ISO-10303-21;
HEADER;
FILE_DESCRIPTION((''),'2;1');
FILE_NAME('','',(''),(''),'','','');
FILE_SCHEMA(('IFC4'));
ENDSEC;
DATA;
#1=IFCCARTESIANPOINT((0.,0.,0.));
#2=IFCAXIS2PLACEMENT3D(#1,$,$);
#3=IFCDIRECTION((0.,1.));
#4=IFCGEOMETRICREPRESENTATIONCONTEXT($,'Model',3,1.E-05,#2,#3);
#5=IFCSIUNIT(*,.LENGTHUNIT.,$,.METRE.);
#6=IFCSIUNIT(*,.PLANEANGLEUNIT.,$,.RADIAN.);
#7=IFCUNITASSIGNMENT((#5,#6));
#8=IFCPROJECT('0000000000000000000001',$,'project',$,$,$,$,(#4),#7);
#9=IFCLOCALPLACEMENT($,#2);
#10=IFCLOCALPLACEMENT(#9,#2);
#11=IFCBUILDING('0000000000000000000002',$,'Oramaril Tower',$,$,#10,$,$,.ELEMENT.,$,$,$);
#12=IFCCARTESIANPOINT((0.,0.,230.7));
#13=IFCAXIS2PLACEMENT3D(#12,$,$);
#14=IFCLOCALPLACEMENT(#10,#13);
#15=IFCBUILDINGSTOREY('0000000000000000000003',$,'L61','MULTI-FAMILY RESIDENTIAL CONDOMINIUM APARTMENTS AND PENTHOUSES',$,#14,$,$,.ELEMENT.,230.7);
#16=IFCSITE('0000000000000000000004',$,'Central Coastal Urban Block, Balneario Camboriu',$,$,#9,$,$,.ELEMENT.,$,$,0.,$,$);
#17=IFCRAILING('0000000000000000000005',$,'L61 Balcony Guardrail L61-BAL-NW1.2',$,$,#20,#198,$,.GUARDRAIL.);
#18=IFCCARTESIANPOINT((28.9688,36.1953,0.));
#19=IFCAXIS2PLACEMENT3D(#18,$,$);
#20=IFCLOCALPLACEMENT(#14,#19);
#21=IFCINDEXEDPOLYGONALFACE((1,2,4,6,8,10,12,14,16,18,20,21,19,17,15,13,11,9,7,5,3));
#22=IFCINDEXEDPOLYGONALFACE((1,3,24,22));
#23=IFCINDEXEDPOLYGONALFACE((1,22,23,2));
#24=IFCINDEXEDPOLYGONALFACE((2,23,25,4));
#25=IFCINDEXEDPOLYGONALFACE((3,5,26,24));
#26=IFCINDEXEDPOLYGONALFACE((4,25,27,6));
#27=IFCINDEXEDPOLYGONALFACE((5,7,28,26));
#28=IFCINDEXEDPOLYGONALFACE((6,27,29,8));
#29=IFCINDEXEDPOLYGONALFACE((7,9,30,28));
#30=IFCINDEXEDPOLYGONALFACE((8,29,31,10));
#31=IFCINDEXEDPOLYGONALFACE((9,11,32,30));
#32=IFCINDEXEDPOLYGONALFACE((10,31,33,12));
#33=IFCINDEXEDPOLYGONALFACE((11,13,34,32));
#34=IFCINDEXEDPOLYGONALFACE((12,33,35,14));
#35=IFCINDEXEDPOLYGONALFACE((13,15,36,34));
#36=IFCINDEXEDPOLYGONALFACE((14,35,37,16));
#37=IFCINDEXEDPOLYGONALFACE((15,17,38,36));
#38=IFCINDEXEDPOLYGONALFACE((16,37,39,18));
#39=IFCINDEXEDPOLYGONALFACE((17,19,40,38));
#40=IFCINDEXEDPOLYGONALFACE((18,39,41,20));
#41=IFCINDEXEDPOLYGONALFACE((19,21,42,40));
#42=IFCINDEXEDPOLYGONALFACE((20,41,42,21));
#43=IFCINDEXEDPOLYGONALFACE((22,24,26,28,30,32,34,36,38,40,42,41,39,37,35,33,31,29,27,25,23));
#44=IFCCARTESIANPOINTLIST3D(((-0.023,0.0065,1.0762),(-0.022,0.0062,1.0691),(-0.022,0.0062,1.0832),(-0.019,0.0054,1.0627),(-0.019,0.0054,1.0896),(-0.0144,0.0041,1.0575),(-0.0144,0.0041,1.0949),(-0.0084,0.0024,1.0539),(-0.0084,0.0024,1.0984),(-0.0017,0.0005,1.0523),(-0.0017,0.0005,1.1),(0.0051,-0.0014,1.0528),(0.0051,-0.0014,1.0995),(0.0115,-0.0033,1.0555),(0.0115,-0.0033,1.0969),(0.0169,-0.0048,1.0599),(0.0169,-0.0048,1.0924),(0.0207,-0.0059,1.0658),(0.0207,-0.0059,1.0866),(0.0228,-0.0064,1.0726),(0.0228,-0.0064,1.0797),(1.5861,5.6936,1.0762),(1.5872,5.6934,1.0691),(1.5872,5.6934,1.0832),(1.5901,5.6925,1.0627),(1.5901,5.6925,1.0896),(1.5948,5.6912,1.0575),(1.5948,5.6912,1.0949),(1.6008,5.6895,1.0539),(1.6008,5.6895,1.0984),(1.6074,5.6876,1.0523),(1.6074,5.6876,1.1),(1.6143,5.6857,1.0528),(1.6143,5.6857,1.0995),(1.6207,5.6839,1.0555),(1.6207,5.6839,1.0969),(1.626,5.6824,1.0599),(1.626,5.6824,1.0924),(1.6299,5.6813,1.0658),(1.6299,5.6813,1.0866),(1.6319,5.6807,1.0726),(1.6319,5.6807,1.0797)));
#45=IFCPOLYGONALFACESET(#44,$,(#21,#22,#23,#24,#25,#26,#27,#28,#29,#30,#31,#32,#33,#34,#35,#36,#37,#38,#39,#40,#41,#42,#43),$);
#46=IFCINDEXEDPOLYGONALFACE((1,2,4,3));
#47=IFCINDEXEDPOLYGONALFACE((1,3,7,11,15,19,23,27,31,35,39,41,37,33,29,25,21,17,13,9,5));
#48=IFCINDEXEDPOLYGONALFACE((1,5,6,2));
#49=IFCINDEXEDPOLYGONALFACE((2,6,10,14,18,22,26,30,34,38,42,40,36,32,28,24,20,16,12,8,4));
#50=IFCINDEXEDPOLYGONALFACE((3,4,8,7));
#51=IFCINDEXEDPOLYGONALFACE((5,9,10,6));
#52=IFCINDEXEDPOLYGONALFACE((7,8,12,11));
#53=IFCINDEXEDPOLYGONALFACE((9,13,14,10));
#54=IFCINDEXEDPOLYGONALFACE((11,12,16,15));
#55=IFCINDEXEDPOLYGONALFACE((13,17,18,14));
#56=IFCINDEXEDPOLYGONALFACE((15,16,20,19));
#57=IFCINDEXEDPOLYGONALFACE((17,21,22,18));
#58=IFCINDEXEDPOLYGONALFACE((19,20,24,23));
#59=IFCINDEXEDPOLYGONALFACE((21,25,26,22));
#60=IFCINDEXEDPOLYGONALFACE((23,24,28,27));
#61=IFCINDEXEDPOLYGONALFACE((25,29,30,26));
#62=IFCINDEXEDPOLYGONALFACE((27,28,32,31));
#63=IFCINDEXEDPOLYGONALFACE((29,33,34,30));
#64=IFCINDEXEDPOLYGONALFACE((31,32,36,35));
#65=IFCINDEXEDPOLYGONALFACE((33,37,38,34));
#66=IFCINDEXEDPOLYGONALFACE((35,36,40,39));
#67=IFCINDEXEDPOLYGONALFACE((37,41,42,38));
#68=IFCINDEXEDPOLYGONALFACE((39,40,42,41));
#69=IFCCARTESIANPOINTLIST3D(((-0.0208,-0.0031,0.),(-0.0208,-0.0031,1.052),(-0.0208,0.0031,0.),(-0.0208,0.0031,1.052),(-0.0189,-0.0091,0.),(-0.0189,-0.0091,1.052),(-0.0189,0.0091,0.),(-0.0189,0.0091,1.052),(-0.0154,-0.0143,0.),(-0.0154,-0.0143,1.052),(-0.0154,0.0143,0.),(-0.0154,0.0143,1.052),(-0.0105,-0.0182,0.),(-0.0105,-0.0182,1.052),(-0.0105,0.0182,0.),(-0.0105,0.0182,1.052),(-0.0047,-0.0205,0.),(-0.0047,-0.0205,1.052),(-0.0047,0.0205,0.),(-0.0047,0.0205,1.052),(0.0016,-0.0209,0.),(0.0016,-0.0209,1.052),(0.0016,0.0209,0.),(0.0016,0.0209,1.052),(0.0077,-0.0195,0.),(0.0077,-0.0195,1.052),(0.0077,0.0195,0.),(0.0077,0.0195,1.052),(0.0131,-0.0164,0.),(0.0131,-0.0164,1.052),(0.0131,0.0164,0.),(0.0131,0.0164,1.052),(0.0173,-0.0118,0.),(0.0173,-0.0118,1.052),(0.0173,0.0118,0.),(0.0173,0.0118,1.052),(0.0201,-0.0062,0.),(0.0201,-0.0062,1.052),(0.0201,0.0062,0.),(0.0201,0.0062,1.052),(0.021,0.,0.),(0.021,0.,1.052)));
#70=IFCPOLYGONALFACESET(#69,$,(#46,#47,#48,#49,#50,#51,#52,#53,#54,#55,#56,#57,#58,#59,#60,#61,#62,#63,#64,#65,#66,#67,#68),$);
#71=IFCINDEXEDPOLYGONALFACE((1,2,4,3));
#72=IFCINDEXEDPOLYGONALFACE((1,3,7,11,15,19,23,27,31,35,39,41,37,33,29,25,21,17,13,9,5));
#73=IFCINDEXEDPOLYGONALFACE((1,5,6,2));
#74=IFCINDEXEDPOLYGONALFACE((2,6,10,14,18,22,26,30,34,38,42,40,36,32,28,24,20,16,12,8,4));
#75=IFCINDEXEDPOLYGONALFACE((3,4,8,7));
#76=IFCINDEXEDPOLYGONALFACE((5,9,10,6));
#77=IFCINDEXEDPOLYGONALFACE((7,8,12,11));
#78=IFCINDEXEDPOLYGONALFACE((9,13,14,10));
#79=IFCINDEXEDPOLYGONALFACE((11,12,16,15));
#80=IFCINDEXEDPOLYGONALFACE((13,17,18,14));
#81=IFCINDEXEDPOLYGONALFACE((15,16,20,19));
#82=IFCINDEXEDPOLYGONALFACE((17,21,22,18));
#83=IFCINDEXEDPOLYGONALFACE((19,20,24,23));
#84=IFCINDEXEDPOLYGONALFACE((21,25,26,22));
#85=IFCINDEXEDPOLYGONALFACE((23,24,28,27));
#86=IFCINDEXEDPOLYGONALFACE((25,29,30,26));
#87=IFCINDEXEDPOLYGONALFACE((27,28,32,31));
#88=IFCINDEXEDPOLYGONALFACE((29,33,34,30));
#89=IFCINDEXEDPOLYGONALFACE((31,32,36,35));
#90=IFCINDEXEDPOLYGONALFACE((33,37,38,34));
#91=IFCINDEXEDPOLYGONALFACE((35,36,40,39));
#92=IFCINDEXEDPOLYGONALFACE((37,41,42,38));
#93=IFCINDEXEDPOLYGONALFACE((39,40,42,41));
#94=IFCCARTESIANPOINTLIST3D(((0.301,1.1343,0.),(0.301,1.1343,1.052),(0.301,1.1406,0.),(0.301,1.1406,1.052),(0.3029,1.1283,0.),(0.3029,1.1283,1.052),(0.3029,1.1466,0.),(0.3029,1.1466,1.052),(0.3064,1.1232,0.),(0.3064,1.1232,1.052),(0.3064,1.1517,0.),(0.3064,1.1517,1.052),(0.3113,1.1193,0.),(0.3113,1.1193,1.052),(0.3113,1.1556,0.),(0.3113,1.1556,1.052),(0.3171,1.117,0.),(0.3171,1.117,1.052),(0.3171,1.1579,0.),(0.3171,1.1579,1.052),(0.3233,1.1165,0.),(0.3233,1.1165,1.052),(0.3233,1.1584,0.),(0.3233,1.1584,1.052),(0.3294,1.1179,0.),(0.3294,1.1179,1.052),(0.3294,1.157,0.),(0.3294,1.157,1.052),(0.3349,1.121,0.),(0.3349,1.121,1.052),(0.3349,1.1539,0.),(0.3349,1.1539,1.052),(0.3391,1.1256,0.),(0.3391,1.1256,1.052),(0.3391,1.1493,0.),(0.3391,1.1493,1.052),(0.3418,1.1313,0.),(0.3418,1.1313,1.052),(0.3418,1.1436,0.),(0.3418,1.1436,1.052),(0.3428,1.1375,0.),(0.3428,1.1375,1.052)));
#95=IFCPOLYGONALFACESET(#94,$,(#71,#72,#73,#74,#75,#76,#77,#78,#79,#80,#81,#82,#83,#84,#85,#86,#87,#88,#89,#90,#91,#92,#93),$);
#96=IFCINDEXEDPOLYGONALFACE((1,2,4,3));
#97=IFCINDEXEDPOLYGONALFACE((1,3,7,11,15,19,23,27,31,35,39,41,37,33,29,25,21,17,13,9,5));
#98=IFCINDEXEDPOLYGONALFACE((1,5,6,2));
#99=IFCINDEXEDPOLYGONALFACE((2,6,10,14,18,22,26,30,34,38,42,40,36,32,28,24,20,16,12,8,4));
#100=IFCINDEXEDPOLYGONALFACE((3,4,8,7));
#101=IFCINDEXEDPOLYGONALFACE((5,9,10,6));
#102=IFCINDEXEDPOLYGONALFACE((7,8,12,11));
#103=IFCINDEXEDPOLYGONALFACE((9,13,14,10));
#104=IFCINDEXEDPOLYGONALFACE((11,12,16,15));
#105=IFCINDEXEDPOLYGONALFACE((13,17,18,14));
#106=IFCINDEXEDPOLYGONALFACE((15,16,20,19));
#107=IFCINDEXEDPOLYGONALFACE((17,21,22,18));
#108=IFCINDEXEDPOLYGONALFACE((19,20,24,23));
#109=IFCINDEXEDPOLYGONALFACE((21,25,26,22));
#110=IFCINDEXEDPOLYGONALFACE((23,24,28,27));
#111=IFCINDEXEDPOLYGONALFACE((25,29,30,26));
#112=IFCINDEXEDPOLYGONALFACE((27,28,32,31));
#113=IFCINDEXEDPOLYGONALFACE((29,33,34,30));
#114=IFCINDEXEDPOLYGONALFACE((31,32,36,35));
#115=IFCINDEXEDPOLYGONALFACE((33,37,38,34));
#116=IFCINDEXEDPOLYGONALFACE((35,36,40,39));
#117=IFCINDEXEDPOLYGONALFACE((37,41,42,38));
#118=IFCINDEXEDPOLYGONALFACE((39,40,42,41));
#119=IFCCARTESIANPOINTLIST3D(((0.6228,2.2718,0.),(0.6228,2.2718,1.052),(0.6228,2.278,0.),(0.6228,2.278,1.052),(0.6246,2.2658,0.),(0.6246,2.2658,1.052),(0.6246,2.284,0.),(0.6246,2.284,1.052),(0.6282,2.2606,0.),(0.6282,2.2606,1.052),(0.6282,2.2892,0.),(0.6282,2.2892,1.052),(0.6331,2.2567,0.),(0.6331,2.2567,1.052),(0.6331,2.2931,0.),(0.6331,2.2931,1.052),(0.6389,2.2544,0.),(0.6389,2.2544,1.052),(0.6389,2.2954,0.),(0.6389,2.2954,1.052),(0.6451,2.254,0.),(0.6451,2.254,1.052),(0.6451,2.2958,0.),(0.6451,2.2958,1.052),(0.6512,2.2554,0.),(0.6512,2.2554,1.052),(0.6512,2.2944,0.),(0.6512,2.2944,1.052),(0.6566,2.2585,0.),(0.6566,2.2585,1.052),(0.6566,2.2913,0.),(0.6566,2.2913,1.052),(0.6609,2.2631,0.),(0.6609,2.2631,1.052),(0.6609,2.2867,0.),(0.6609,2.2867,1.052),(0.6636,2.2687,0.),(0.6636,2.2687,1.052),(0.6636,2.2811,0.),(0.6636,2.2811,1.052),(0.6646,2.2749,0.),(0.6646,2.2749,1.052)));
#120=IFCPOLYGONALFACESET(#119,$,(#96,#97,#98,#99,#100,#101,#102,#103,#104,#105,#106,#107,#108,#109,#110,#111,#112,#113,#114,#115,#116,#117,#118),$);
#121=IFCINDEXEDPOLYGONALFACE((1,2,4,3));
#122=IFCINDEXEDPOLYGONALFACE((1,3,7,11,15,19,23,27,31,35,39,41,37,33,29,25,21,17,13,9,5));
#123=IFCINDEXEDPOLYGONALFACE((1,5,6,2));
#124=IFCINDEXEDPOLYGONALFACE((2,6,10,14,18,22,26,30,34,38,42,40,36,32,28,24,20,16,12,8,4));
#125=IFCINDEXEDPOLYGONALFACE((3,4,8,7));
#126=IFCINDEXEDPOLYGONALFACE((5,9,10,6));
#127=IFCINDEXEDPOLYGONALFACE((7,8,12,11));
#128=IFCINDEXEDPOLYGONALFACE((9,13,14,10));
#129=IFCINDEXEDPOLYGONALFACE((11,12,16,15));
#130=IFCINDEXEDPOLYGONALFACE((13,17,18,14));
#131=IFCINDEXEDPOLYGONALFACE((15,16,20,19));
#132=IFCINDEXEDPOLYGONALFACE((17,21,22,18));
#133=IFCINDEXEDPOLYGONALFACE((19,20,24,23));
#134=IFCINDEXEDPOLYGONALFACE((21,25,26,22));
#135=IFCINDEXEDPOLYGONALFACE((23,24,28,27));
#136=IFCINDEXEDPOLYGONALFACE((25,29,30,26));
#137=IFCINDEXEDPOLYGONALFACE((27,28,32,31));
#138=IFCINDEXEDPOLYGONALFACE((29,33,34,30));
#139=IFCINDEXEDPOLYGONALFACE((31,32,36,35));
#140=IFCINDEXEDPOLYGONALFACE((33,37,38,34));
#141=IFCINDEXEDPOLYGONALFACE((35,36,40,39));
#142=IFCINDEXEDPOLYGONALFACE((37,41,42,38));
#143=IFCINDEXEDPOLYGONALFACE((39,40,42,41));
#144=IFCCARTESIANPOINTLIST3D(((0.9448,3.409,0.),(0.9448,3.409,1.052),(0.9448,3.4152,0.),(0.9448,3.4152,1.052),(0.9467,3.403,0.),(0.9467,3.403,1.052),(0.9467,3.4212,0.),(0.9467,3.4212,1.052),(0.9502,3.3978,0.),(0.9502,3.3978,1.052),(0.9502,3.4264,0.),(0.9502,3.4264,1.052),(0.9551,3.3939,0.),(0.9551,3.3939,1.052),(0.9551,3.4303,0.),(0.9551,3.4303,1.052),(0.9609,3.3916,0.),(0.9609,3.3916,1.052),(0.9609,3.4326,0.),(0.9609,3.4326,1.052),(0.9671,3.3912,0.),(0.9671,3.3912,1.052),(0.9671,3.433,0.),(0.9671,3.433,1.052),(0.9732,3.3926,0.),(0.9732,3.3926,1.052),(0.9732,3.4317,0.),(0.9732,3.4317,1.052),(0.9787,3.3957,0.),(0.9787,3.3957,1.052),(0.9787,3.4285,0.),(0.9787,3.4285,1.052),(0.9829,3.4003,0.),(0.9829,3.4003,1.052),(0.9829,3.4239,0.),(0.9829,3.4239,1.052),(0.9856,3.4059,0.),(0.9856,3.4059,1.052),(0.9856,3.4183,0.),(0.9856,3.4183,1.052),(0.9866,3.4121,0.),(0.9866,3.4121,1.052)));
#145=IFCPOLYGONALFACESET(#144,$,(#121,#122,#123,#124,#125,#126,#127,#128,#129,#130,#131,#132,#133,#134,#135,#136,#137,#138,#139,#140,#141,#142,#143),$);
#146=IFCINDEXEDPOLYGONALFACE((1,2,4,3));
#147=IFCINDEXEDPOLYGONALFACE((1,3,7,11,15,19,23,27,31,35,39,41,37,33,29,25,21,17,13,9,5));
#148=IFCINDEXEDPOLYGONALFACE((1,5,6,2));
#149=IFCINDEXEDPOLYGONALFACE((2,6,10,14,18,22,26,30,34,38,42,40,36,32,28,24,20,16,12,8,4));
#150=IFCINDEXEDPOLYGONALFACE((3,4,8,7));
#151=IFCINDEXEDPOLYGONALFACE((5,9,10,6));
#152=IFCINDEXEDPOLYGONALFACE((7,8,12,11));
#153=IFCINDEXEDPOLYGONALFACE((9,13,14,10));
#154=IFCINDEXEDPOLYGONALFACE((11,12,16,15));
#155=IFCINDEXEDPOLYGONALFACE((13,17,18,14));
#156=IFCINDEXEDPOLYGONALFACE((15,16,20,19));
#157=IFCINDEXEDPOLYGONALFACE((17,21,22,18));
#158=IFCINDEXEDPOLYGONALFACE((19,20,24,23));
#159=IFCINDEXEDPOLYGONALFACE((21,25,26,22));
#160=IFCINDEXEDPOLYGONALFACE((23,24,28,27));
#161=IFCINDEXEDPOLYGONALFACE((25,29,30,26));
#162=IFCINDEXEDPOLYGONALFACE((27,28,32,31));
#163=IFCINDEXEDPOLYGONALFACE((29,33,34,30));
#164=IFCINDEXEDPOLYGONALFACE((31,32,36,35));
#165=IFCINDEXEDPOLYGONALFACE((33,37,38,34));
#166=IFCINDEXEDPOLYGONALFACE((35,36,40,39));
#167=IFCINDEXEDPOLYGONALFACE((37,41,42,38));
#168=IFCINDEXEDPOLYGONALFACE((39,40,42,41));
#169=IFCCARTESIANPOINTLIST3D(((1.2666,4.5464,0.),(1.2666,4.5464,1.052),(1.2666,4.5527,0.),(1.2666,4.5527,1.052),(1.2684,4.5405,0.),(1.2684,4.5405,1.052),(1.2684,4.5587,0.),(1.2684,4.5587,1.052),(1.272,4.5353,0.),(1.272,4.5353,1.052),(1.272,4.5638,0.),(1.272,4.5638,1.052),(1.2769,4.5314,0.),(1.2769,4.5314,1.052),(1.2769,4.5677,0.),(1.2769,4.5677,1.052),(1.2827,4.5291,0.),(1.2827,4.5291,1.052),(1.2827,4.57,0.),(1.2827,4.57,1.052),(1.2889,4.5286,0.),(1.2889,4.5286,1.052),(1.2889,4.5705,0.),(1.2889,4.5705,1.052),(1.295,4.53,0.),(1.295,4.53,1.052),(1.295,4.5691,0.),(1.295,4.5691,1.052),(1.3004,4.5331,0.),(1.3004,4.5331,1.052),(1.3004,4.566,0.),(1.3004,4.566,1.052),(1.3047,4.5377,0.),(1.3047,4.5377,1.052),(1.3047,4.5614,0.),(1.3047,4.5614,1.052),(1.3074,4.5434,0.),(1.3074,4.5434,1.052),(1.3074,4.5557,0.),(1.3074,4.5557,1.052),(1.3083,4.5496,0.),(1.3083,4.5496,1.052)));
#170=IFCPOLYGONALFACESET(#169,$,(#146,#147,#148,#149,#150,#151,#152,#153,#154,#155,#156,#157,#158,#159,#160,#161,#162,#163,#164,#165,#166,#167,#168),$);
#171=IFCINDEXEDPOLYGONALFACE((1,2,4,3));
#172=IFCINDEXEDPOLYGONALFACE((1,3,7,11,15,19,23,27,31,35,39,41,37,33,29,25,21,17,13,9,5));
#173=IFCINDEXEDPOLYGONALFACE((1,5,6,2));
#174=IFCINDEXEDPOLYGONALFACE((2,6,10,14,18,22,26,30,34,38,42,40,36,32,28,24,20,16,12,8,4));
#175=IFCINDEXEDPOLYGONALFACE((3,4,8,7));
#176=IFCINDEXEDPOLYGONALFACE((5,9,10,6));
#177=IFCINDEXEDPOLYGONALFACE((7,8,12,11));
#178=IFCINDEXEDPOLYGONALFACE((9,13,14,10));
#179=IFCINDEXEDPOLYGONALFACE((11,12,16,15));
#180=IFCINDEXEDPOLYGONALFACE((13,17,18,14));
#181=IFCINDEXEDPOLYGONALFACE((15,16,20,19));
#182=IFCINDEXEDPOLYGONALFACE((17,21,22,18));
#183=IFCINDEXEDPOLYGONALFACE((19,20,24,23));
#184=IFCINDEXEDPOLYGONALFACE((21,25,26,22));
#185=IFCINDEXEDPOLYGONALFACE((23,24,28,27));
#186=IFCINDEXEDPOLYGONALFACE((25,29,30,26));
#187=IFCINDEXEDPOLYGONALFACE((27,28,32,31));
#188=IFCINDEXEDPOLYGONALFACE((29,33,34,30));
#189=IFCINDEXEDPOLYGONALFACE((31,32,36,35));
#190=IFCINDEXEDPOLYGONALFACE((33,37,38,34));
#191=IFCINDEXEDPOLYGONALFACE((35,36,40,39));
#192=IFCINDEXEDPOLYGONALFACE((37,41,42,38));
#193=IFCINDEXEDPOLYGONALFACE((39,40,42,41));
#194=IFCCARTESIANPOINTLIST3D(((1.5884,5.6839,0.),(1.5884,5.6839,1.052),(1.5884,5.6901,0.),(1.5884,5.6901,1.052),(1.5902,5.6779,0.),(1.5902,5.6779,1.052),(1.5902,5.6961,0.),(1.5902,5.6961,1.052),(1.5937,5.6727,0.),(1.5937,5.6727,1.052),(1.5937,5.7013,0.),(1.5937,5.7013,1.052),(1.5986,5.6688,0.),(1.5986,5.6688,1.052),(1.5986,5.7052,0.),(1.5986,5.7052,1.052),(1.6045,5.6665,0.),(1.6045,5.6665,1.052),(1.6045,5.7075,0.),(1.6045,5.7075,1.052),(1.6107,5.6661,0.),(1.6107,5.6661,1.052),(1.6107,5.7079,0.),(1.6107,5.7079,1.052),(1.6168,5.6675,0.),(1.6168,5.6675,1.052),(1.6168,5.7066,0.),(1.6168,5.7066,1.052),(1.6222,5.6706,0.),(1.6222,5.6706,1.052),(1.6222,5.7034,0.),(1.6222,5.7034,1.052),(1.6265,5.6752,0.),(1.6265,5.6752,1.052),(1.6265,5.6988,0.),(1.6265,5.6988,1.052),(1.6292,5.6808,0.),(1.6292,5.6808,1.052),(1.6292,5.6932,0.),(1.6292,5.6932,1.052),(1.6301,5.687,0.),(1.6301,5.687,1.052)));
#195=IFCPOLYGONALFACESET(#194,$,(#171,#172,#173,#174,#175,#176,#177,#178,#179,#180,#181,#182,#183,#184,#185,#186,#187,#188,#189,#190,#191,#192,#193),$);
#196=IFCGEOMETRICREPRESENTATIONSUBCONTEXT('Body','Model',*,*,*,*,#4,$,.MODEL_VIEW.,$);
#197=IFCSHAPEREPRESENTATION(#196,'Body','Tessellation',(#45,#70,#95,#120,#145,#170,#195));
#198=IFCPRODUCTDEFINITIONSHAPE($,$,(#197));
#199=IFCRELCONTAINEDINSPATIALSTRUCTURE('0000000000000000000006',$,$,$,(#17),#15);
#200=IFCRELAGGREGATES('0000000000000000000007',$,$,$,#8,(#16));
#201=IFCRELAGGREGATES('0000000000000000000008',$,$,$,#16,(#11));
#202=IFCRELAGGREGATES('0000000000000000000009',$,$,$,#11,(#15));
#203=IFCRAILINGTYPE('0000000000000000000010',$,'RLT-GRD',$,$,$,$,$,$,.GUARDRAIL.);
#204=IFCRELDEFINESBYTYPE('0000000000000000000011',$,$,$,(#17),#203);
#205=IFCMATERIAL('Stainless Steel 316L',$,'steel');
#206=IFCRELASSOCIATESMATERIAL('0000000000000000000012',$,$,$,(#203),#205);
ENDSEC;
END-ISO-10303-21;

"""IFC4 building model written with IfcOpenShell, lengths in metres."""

from ifc_helpers import new_model, si_unit, direction, frame, origin, origin_2d, place, context, subcontext, project, spatial, circle, extrude, material, type_object, element, save


model = new_model("IFC4")

# Units and contexts
model_context = context("Model", 3, precision=1e-05, world=origin(), true_north=direction((0.0, 1.0)))
body_context = subcontext(model_context, "Body", "Model", "MODEL_VIEW")
ifc_project = project(units=[si_unit("LENGTHUNIT", "METRE"), si_unit("PLANEANGLEUNIT", "RADIAN")], contexts=[model_context])

# Site, building, storey
site_placement = place(None, origin())
site = spatial("IfcSite", under=ifc_project, at=site_placement, Name="Central Coastal Urban Block, Balneario Camboriu", CompositionType="ELEMENT", RefElevation=0.0)
building_placement = place(site_placement, origin())
building = spatial("IfcBuilding", under=site, at=building_placement, Name="Oramaril Tower", CompositionType="ELEMENT")
storey_placement = place(building_placement, frame((0.0, 0.0, 230.7)))
storey = spatial("IfcBuildingStorey", under=building, at=storey_placement, Name="L61", Description="MULTI-FAMILY RESIDENTIAL CONDOMINIUM APARTMENTS AND PENTHOUSES", CompositionType="ELEMENT", Elevation=230.7)

# Railing
ifc_material_1 = material(Name="Stainless Steel 316L", Category="steel")
railing_type = type_object("IfcRailingType", Name="RLT-GRD", PredefinedType="GUARDRAIL", material=ifc_material_1)
railing_1_placement = place(storey_placement, frame((28.9688, 36.1953, 0.0)))
element("IfcRailing", 1, at=railing_1_placement, inside=storey, type_object=railing_type, Name="L61 Balcony Guardrail L61-BAL-NW1.2", PredefinedType="GUARDRAIL", context=body_context, shape_type="SweptSolid", body=[
    extrude(circle(Radius=0.0239, at=origin_2d()), frame((0.0, 0.0, 1.0762), z_axis=(0.27226, 0.962224, 0.0), x_axis=(-0.962224, 0.27226, 0.0)), (0.0, 0.0, 1.0), 5.9104),
    extrude(circle(Radius=0.021, at=origin_2d()), origin(), (0.0, 0.0, 1.0), 1.052),
    extrude(circle(Radius=0.021, at=origin_2d()), frame((0.3218, 1.1375, 0.0)), (0.0, 0.0, 1.0), 1.052),
    extrude(circle(Radius=0.021, at=origin_2d()), frame((0.6436, 2.2749, 0.0)), (0.0, 0.0, 1.0), 1.052),
    extrude(circle(Radius=0.021, at=origin_2d()), frame((0.9656, 3.4121, 0.0)), (0.0, 0.0, 1.0), 1.052),
    extrude(circle(Radius=0.021, at=origin_2d()), frame((1.2874, 4.5496, 0.0)), (0.0, 0.0, 1.0), 1.052),
    extrude(circle(Radius=0.021, at=origin_2d()), frame((1.6091, 5.687, 0.0)), (0.0, 0.0, 1.0), 1.052),
])

save(model, "model.ifc")
